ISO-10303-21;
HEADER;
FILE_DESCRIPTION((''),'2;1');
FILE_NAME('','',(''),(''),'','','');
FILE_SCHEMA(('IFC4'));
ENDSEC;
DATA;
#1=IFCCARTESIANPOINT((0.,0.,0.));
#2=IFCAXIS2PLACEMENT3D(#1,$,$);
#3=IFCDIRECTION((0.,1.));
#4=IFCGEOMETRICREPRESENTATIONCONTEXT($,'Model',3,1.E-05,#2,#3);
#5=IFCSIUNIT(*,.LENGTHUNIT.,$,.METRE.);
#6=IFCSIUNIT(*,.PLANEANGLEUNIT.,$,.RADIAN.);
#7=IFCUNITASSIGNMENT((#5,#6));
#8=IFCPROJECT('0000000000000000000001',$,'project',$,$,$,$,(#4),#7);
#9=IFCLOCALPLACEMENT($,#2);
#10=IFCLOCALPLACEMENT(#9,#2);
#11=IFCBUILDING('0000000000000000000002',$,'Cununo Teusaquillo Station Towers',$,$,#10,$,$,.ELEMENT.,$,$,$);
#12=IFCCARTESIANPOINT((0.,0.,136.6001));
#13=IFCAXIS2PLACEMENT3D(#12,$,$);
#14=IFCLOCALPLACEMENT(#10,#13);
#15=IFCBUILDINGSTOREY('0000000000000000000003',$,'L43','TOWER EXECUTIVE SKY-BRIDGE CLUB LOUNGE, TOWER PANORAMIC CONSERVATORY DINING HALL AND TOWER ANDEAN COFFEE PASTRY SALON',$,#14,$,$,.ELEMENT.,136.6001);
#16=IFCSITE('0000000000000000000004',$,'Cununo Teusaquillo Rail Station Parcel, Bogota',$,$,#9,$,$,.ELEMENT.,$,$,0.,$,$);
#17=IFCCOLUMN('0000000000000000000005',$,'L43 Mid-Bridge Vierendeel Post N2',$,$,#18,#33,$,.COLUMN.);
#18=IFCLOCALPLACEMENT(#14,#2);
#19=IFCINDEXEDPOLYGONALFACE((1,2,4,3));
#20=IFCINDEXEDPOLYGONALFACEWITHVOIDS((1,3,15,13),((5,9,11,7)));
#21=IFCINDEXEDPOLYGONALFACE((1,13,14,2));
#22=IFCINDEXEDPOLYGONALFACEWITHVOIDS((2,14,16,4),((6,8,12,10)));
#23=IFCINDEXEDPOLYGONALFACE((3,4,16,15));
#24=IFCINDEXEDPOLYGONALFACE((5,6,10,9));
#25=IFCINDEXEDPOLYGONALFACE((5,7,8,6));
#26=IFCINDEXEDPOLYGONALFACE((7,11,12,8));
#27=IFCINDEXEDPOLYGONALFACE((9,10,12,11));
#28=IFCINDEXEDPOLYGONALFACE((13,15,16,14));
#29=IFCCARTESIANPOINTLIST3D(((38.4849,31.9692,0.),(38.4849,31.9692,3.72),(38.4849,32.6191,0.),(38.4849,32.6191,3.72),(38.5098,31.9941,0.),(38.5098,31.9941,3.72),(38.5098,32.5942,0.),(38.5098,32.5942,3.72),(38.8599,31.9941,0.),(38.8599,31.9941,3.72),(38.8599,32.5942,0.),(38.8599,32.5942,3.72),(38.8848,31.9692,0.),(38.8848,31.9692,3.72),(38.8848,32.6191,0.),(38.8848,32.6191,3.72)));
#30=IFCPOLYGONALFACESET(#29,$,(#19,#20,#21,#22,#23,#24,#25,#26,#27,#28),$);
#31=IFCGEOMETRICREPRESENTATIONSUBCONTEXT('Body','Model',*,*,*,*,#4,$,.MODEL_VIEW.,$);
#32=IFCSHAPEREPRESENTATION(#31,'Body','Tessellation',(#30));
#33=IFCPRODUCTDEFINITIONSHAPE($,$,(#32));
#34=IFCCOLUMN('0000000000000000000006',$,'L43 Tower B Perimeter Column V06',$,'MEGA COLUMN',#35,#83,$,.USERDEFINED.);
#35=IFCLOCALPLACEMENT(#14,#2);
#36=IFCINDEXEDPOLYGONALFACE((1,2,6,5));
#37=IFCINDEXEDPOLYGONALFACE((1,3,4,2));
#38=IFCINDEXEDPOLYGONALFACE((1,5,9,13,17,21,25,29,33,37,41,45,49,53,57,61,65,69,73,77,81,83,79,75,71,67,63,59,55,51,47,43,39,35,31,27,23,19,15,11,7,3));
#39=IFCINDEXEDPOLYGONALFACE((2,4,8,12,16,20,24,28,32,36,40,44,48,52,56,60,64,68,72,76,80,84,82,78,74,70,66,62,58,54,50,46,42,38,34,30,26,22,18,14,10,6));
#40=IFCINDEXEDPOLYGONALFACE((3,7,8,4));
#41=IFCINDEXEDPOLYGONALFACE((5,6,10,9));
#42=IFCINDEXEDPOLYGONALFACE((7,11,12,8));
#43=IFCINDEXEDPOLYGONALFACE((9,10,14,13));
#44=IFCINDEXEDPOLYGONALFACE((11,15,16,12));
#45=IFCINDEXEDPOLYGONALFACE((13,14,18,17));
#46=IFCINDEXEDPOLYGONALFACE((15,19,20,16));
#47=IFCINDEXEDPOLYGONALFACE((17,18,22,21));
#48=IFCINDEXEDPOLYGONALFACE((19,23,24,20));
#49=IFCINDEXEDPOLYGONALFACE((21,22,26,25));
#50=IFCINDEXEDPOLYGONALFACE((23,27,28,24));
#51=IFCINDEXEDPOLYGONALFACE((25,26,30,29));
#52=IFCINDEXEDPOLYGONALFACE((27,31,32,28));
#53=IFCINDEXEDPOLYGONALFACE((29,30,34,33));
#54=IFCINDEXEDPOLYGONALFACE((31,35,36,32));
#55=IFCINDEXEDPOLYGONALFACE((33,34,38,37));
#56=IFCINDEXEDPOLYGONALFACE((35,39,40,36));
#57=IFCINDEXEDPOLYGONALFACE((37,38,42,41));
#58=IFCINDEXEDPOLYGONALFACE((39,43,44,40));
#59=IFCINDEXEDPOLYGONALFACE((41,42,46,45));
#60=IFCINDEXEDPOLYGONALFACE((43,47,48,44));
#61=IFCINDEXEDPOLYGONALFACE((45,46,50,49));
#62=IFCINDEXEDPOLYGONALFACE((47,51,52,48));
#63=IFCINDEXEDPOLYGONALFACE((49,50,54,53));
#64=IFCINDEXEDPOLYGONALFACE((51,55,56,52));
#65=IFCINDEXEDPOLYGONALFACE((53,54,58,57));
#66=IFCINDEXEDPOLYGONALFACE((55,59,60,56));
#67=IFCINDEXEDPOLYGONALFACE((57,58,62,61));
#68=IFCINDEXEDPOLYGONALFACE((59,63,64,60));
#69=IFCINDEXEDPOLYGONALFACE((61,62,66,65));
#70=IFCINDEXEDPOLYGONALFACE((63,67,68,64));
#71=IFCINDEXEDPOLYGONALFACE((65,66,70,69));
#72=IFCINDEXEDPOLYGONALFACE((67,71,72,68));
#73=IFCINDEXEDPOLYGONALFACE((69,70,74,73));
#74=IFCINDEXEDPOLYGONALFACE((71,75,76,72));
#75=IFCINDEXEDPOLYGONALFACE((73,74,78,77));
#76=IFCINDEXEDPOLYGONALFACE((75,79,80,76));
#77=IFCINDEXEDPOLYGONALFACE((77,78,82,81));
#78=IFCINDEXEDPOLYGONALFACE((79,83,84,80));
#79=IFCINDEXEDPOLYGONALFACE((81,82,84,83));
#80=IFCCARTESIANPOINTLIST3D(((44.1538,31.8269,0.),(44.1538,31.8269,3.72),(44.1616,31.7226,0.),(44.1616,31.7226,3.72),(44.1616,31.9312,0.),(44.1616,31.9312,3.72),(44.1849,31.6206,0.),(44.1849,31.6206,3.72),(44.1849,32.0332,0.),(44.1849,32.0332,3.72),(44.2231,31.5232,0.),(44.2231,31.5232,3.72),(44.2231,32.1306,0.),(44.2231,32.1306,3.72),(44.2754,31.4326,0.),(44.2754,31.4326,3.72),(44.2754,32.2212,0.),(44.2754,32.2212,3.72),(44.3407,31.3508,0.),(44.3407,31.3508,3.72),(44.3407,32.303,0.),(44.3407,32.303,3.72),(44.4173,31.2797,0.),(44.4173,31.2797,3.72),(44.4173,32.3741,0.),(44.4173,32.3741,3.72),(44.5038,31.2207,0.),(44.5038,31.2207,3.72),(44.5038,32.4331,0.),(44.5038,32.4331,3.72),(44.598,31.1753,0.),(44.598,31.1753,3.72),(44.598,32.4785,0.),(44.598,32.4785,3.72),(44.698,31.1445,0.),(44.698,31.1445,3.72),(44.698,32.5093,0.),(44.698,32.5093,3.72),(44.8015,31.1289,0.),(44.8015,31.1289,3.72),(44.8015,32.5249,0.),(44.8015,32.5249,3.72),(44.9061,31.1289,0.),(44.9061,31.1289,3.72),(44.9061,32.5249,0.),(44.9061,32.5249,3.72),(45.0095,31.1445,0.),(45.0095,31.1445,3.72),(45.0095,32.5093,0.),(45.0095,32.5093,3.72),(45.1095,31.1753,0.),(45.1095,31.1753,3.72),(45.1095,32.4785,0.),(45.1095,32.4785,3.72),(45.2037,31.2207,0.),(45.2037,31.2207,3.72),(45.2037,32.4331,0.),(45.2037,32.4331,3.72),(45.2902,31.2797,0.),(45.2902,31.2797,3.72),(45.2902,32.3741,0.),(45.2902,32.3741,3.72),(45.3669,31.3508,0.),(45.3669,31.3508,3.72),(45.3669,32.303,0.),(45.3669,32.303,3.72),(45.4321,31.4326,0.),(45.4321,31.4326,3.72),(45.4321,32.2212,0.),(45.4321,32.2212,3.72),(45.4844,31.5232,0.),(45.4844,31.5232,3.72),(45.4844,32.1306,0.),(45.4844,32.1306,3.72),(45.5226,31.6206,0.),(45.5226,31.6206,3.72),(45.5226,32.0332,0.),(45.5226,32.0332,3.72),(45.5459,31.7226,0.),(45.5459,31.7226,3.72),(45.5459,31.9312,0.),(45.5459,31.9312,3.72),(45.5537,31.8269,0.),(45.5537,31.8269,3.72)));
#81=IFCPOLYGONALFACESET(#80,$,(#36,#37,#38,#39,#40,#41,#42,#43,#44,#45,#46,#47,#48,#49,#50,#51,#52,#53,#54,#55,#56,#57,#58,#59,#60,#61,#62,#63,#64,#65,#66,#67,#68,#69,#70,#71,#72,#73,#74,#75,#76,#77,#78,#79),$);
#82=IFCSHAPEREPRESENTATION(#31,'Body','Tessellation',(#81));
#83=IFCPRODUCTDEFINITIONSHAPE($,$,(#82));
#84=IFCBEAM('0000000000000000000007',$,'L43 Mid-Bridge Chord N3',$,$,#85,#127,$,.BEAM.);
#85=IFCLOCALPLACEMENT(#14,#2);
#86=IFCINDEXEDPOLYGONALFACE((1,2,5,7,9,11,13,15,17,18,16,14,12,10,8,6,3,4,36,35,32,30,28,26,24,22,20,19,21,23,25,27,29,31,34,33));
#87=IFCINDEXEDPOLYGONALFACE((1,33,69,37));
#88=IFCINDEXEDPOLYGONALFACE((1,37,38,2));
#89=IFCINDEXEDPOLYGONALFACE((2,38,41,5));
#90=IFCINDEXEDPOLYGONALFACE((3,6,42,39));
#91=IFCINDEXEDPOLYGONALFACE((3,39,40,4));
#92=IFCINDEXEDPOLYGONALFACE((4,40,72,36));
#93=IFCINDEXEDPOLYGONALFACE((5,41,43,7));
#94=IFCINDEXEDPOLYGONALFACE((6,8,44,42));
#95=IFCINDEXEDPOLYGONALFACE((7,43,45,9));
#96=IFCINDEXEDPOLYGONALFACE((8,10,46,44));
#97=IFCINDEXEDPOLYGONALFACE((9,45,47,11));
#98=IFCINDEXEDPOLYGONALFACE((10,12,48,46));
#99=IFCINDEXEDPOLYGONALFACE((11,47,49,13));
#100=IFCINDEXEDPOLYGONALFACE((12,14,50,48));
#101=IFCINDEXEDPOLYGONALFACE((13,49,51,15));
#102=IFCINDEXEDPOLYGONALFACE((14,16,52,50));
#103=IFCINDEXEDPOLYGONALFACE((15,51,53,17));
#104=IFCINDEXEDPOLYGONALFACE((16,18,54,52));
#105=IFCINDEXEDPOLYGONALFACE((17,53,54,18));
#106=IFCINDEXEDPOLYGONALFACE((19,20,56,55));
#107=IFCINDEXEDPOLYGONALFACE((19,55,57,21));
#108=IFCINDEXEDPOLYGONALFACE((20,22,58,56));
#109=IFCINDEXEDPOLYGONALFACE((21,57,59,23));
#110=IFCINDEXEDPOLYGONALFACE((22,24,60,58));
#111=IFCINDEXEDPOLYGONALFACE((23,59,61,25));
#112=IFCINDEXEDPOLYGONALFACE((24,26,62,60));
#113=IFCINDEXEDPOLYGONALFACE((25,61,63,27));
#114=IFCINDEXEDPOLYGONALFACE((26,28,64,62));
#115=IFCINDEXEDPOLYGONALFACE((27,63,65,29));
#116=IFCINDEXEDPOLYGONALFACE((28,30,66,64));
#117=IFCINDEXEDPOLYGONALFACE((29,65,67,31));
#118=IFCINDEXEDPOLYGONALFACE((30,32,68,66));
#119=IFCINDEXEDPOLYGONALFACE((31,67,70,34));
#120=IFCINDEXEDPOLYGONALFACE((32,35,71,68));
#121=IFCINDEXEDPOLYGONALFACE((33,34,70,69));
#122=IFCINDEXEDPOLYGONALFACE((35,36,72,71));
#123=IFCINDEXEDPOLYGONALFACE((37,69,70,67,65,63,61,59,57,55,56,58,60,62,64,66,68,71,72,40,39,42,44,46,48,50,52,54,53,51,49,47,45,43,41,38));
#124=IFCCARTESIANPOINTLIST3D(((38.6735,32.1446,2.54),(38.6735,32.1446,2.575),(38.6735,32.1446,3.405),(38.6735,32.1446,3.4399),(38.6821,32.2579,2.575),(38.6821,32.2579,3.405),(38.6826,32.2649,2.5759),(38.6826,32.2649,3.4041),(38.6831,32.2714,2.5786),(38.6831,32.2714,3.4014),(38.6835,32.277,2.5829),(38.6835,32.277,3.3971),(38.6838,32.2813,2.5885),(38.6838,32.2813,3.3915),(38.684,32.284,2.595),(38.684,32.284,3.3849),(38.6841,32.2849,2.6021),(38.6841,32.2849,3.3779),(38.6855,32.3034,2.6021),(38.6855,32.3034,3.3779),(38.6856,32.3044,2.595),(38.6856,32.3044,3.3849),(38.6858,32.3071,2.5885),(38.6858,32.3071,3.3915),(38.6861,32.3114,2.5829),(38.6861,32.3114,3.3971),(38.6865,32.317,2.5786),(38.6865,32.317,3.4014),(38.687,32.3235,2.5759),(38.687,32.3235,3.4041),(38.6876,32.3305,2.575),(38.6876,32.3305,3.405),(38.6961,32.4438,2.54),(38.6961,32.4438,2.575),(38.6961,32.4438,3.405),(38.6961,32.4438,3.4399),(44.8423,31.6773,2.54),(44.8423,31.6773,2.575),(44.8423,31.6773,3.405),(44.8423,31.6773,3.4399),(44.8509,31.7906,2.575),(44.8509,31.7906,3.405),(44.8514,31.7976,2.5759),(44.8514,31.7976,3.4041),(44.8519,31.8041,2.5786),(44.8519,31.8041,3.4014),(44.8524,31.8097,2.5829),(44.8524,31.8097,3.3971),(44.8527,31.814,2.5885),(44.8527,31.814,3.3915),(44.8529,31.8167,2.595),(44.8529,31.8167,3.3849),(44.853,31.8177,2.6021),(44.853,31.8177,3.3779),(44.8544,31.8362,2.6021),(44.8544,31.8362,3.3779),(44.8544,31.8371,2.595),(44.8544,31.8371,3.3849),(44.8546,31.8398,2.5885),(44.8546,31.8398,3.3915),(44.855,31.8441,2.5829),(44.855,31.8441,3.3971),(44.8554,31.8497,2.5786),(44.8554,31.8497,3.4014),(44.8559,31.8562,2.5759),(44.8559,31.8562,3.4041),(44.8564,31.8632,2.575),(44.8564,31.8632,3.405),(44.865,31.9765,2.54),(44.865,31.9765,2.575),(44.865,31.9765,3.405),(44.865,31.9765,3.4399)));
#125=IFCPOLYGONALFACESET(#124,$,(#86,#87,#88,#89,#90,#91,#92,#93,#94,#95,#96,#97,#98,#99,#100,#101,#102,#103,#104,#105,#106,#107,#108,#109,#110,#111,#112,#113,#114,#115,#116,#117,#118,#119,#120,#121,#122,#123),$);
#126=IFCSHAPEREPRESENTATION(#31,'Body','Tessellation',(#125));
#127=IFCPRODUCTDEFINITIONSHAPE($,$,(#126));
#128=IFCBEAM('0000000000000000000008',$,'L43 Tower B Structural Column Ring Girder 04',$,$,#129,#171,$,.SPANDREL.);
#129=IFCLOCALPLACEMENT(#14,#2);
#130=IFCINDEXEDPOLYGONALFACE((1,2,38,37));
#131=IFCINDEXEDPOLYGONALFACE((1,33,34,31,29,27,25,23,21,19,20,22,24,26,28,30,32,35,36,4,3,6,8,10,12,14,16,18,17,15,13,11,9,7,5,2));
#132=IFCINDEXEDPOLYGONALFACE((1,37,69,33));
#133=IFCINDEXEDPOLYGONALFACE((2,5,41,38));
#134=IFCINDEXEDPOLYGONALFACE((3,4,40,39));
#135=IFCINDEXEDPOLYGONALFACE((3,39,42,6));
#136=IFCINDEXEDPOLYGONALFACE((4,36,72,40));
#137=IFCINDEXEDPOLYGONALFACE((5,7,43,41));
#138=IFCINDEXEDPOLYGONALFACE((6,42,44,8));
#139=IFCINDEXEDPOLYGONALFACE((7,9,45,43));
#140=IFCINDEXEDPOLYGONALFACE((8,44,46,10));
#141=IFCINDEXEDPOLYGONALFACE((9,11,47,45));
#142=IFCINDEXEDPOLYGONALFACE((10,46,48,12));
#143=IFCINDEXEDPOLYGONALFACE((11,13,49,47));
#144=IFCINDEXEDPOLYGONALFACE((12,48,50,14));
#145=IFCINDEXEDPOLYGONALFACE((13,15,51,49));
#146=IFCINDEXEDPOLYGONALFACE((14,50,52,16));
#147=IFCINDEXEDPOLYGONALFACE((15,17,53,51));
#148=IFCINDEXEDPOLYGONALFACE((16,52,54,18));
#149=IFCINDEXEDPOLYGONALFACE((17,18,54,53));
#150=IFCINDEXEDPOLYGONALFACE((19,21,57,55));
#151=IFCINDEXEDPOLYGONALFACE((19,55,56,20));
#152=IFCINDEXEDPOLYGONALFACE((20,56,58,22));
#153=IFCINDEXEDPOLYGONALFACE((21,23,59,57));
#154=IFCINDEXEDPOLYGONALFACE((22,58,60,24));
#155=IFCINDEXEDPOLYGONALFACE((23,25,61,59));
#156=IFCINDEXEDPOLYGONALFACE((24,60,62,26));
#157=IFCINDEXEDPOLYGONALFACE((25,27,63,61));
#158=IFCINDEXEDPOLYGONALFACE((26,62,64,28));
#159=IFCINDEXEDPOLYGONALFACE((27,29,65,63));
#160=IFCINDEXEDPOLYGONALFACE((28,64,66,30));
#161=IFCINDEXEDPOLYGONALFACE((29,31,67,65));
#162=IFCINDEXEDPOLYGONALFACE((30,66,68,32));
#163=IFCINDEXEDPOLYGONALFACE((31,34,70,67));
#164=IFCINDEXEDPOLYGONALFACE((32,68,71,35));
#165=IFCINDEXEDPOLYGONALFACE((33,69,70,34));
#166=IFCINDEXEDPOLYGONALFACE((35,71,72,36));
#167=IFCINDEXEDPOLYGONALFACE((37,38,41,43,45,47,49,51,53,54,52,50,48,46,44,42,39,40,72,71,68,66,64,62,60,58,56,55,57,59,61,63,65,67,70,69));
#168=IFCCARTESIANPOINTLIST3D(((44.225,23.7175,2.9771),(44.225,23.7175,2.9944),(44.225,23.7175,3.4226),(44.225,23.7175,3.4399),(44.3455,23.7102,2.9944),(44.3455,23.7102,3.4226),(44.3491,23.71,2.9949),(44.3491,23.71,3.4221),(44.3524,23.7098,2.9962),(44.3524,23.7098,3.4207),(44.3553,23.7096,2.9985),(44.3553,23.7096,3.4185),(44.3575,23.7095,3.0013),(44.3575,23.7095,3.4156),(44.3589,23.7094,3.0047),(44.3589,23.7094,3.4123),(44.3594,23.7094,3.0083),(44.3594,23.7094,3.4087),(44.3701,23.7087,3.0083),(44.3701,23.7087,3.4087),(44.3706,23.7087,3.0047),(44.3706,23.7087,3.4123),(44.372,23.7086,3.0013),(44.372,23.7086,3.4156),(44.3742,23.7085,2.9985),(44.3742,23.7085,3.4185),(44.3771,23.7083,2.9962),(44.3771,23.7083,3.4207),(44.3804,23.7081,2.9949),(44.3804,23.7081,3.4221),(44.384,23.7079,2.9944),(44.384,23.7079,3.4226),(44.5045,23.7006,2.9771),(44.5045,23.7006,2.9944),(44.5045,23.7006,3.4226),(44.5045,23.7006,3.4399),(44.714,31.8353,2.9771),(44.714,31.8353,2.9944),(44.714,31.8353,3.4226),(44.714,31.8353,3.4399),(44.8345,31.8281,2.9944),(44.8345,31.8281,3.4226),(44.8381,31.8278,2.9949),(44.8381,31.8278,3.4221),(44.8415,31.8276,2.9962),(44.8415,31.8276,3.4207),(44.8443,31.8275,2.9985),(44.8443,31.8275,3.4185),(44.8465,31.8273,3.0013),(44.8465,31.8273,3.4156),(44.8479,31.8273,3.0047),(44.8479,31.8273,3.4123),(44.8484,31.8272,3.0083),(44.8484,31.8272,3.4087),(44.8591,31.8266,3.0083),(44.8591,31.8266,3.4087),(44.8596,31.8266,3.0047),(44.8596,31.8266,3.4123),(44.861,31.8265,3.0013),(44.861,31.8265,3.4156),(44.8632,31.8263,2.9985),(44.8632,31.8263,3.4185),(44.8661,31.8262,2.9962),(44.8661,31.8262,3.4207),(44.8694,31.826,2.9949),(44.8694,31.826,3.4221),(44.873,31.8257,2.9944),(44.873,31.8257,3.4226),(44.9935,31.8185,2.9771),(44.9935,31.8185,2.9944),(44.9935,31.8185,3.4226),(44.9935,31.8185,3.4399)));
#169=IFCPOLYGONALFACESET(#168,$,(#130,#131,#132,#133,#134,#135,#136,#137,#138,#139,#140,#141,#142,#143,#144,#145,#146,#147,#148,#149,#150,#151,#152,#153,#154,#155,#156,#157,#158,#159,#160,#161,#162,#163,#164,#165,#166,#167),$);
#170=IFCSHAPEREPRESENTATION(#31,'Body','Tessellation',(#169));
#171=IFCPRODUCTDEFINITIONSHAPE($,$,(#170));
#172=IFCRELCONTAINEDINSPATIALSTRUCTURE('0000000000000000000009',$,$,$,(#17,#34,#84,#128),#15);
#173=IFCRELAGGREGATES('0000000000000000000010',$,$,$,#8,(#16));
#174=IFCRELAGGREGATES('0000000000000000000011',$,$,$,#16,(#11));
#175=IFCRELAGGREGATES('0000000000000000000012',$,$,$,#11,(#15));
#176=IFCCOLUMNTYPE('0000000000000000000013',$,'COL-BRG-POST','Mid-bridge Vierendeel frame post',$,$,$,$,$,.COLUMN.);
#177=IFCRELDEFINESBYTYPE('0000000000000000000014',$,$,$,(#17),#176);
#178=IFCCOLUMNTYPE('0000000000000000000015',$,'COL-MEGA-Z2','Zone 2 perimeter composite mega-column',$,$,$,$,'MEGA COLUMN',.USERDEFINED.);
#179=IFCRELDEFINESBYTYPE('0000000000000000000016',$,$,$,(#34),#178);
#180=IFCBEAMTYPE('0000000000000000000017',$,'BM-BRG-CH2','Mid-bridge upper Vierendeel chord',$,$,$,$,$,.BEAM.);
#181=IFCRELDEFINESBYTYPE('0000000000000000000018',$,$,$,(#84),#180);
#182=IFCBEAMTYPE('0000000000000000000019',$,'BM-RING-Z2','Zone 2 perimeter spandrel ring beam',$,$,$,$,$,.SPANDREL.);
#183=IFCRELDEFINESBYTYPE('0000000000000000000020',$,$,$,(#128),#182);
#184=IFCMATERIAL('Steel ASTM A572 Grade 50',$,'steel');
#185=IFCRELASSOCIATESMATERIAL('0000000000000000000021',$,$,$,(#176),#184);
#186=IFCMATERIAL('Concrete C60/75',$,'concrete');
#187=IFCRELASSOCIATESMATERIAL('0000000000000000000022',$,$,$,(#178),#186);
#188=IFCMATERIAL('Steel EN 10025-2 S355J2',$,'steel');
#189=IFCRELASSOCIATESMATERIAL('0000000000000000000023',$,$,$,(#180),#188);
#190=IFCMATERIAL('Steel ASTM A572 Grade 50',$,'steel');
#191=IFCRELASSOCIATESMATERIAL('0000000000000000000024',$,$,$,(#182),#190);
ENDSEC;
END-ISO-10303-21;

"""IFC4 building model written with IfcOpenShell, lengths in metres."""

from ifc_helpers import new_model, si_unit, direction, frame, origin, origin_2d, place, context, subcontext, project, spatial, hollow_rectangle, circle, i_section, extrude, material, material_profile, profile_set, type_object, element, save


model = new_model("IFC4")

# Units and contexts
model_context = context("Model", 3, precision=1e-05, world=origin(), true_north=direction((0.0, 1.0)))
body_context = subcontext(model_context, "Body", "Model", "MODEL_VIEW")
ifc_project = project(units=[si_unit("LENGTHUNIT", "METRE"), si_unit("PLANEANGLEUNIT", "RADIAN")], contexts=[model_context])

# Site, building, storey
site_placement = place(None, origin())
site = spatial("IfcSite", under=ifc_project, at=site_placement, Name="Cununo Teusaquillo Rail Station Parcel, Bogota", CompositionType="ELEMENT", RefElevation=0.0)
building_placement = place(site_placement, origin())
building = spatial("IfcBuilding", under=site, at=building_placement, Name="Cununo Teusaquillo Station Towers", CompositionType="ELEMENT")
storey_placement = place(building_placement, frame((0.0, 0.0, 136.6001)))
storey = spatial("IfcBuildingStorey", under=building, at=storey_placement, Name="L43", Description="TOWER EXECUTIVE SKY-BRIDGE CLUB LOUNGE, TOWER PANORAMIC CONSERVATORY DINING HALL AND TOWER ANDEAN COFFEE PASTRY SALON", CompositionType="ELEMENT", Elevation=136.6001)

# Columns
ifc_material_1 = material(Name="Steel ASTM A572 Grade 50", Category="steel")
ifc_material_profile_1 = material_profile(ifc_material_1, hollow_rectangle(XDim=0.3999, YDim=0.6499, WallThickness=0.0249, at=origin_2d()), Name="RHS 650x400x25")
ifc_profile_set_1 = profile_set([ifc_material_profile_1], Name="Steel ASTM A572 Grade 50")
column_type_1 = type_object("IfcColumnType", Name="COL-BRG-POST", Description="Mid-bridge Vierendeel frame post", PredefinedType="COLUMN", material=ifc_profile_set_1)
column_1_placement = place(storey_placement, frame((38.6848, 32.2942, 0.0), z_axis=(0.0, 0.0, 1.0), x_axis=(1.0, 0.0, 0.0)))
element("IfcColumn", 1, at=column_1_placement, inside=storey, type_object=column_type_1, Name="L43 Mid-Bridge Vierendeel Post N2", PredefinedType="COLUMN", context=body_context, shape_type="SweptSolid", body=[
    extrude(hollow_rectangle(XDim=0.3999, YDim=0.6499, WallThickness=0.0249, at=origin_2d()), origin(), (0.0, 0.0, 1.0), 3.72),
])
ifc_material_2 = material(Name="Concrete C60/75", Category="concrete")
ifc_material_profile_2 = material_profile(ifc_material_2, circle(Radius=0.7, at=origin_2d()), Name="RC-CIRC-1400")
ifc_profile_set_2 = profile_set([ifc_material_profile_2], Name="Concrete C60/75")
column_type_2 = type_object("IfcColumnType", Name="COL-MEGA-Z2", Description="Zone 2 perimeter composite mega-column", ElementType="MEGA COLUMN", PredefinedType="USERDEFINED", material=ifc_profile_set_2)
column_2_placement = place(storey_placement, frame((44.8538, 31.8269, 0.0), z_axis=(0.0, 0.0, 1.0), x_axis=(1.0, 0.0, 0.0)))
element("IfcColumn", 2, at=column_2_placement, inside=storey, type_object=column_type_2, Name="L43 Tower B Perimeter Column V06", ObjectType="MEGA COLUMN", PredefinedType="USERDEFINED", context=body_context, shape_type="SweptSolid", body=[
    extrude(circle(Radius=0.7, at=origin_2d()), origin(), (0.0, 0.0, 1.0), 3.72),
])

# Beams
ifc_material_3 = material(Name="Steel EN 10025-2 S355J2", Category="steel")
ifc_material_profile_3 = material_profile(ifc_material_3, i_section(OverallWidth=0.3, OverallDepth=0.8999, WebThickness=0.0186, FlangeThickness=0.0349, FilletRadius=0.0271, at=origin_2d()), Name="HEB 900")
ifc_profile_set_3 = profile_set([ifc_material_profile_3], Name="Steel EN 10025-2 S355J2")
beam_type_1 = type_object("IfcBeamType", Name="BM-BRG-CH2", Description="Mid-bridge upper Vierendeel chord", PredefinedType="BEAM", material=ifc_profile_set_3)
beam_1_placement = place(storey_placement, frame((38.6848, 32.2942, 2.99), z_axis=(0.997143, -0.075532, 0.0), x_axis=(0.075532, 0.997143, 0.0)))
element("IfcBeam", 3, at=beam_1_placement, inside=storey, type_object=beam_type_1, Name="L43 Mid-Bridge Chord N3", PredefinedType="BEAM", context=body_context, shape_type="SweptSolid", body=[
    extrude(i_section(OverallWidth=0.3, OverallDepth=0.8999, WebThickness=0.0186, FlangeThickness=0.0349, FilletRadius=0.0271, at=origin_2d()), origin(), (0.0, 0.0, 1.0), 6.1865),
])
ifc_material_4 = material(Name="Steel ASTM A572 Grade 50", Category="steel")
ifc_material_profile_4 = material_profile(ifc_material_4, i_section(OverallWidth=0.28, OverallDepth=0.4629, WebThickness=0.0107, FlangeThickness=0.0173, FilletRadius=0.0139, at=origin_2d()), Name="W18X76")
ifc_profile_set_4 = profile_set([ifc_material_profile_4], Name="Steel ASTM A572 Grade 50")
beam_type_2 = type_object("IfcBeamType", Name="BM-RING-Z2", Description="Zone 2 perimeter spandrel ring beam", PredefinedType="SPANDREL", material=ifc_profile_set_4)
beam_2_placement = place(storey_placement, frame((44.8538, 31.8269, 3.2085), z_axis=(-0.06013, -0.998191, 0.0), x_axis=(0.998191, -0.06013, 0.0)))
element("IfcBeam", 4, at=beam_2_placement, inside=storey, type_object=beam_type_2, Name="L43 Tower B Structural Column Ring Girder 04", PredefinedType="SPANDREL", context=body_context, shape_type="SweptSolid", body=[
    extrude(i_section(OverallWidth=0.28, OverallDepth=0.4629, WebThickness=0.0107, FlangeThickness=0.0173, FilletRadius=0.0139, at=origin_2d()), origin(), (0.0, 0.0, 1.0), 8.1326),
])

save(model, "model.ifc")
